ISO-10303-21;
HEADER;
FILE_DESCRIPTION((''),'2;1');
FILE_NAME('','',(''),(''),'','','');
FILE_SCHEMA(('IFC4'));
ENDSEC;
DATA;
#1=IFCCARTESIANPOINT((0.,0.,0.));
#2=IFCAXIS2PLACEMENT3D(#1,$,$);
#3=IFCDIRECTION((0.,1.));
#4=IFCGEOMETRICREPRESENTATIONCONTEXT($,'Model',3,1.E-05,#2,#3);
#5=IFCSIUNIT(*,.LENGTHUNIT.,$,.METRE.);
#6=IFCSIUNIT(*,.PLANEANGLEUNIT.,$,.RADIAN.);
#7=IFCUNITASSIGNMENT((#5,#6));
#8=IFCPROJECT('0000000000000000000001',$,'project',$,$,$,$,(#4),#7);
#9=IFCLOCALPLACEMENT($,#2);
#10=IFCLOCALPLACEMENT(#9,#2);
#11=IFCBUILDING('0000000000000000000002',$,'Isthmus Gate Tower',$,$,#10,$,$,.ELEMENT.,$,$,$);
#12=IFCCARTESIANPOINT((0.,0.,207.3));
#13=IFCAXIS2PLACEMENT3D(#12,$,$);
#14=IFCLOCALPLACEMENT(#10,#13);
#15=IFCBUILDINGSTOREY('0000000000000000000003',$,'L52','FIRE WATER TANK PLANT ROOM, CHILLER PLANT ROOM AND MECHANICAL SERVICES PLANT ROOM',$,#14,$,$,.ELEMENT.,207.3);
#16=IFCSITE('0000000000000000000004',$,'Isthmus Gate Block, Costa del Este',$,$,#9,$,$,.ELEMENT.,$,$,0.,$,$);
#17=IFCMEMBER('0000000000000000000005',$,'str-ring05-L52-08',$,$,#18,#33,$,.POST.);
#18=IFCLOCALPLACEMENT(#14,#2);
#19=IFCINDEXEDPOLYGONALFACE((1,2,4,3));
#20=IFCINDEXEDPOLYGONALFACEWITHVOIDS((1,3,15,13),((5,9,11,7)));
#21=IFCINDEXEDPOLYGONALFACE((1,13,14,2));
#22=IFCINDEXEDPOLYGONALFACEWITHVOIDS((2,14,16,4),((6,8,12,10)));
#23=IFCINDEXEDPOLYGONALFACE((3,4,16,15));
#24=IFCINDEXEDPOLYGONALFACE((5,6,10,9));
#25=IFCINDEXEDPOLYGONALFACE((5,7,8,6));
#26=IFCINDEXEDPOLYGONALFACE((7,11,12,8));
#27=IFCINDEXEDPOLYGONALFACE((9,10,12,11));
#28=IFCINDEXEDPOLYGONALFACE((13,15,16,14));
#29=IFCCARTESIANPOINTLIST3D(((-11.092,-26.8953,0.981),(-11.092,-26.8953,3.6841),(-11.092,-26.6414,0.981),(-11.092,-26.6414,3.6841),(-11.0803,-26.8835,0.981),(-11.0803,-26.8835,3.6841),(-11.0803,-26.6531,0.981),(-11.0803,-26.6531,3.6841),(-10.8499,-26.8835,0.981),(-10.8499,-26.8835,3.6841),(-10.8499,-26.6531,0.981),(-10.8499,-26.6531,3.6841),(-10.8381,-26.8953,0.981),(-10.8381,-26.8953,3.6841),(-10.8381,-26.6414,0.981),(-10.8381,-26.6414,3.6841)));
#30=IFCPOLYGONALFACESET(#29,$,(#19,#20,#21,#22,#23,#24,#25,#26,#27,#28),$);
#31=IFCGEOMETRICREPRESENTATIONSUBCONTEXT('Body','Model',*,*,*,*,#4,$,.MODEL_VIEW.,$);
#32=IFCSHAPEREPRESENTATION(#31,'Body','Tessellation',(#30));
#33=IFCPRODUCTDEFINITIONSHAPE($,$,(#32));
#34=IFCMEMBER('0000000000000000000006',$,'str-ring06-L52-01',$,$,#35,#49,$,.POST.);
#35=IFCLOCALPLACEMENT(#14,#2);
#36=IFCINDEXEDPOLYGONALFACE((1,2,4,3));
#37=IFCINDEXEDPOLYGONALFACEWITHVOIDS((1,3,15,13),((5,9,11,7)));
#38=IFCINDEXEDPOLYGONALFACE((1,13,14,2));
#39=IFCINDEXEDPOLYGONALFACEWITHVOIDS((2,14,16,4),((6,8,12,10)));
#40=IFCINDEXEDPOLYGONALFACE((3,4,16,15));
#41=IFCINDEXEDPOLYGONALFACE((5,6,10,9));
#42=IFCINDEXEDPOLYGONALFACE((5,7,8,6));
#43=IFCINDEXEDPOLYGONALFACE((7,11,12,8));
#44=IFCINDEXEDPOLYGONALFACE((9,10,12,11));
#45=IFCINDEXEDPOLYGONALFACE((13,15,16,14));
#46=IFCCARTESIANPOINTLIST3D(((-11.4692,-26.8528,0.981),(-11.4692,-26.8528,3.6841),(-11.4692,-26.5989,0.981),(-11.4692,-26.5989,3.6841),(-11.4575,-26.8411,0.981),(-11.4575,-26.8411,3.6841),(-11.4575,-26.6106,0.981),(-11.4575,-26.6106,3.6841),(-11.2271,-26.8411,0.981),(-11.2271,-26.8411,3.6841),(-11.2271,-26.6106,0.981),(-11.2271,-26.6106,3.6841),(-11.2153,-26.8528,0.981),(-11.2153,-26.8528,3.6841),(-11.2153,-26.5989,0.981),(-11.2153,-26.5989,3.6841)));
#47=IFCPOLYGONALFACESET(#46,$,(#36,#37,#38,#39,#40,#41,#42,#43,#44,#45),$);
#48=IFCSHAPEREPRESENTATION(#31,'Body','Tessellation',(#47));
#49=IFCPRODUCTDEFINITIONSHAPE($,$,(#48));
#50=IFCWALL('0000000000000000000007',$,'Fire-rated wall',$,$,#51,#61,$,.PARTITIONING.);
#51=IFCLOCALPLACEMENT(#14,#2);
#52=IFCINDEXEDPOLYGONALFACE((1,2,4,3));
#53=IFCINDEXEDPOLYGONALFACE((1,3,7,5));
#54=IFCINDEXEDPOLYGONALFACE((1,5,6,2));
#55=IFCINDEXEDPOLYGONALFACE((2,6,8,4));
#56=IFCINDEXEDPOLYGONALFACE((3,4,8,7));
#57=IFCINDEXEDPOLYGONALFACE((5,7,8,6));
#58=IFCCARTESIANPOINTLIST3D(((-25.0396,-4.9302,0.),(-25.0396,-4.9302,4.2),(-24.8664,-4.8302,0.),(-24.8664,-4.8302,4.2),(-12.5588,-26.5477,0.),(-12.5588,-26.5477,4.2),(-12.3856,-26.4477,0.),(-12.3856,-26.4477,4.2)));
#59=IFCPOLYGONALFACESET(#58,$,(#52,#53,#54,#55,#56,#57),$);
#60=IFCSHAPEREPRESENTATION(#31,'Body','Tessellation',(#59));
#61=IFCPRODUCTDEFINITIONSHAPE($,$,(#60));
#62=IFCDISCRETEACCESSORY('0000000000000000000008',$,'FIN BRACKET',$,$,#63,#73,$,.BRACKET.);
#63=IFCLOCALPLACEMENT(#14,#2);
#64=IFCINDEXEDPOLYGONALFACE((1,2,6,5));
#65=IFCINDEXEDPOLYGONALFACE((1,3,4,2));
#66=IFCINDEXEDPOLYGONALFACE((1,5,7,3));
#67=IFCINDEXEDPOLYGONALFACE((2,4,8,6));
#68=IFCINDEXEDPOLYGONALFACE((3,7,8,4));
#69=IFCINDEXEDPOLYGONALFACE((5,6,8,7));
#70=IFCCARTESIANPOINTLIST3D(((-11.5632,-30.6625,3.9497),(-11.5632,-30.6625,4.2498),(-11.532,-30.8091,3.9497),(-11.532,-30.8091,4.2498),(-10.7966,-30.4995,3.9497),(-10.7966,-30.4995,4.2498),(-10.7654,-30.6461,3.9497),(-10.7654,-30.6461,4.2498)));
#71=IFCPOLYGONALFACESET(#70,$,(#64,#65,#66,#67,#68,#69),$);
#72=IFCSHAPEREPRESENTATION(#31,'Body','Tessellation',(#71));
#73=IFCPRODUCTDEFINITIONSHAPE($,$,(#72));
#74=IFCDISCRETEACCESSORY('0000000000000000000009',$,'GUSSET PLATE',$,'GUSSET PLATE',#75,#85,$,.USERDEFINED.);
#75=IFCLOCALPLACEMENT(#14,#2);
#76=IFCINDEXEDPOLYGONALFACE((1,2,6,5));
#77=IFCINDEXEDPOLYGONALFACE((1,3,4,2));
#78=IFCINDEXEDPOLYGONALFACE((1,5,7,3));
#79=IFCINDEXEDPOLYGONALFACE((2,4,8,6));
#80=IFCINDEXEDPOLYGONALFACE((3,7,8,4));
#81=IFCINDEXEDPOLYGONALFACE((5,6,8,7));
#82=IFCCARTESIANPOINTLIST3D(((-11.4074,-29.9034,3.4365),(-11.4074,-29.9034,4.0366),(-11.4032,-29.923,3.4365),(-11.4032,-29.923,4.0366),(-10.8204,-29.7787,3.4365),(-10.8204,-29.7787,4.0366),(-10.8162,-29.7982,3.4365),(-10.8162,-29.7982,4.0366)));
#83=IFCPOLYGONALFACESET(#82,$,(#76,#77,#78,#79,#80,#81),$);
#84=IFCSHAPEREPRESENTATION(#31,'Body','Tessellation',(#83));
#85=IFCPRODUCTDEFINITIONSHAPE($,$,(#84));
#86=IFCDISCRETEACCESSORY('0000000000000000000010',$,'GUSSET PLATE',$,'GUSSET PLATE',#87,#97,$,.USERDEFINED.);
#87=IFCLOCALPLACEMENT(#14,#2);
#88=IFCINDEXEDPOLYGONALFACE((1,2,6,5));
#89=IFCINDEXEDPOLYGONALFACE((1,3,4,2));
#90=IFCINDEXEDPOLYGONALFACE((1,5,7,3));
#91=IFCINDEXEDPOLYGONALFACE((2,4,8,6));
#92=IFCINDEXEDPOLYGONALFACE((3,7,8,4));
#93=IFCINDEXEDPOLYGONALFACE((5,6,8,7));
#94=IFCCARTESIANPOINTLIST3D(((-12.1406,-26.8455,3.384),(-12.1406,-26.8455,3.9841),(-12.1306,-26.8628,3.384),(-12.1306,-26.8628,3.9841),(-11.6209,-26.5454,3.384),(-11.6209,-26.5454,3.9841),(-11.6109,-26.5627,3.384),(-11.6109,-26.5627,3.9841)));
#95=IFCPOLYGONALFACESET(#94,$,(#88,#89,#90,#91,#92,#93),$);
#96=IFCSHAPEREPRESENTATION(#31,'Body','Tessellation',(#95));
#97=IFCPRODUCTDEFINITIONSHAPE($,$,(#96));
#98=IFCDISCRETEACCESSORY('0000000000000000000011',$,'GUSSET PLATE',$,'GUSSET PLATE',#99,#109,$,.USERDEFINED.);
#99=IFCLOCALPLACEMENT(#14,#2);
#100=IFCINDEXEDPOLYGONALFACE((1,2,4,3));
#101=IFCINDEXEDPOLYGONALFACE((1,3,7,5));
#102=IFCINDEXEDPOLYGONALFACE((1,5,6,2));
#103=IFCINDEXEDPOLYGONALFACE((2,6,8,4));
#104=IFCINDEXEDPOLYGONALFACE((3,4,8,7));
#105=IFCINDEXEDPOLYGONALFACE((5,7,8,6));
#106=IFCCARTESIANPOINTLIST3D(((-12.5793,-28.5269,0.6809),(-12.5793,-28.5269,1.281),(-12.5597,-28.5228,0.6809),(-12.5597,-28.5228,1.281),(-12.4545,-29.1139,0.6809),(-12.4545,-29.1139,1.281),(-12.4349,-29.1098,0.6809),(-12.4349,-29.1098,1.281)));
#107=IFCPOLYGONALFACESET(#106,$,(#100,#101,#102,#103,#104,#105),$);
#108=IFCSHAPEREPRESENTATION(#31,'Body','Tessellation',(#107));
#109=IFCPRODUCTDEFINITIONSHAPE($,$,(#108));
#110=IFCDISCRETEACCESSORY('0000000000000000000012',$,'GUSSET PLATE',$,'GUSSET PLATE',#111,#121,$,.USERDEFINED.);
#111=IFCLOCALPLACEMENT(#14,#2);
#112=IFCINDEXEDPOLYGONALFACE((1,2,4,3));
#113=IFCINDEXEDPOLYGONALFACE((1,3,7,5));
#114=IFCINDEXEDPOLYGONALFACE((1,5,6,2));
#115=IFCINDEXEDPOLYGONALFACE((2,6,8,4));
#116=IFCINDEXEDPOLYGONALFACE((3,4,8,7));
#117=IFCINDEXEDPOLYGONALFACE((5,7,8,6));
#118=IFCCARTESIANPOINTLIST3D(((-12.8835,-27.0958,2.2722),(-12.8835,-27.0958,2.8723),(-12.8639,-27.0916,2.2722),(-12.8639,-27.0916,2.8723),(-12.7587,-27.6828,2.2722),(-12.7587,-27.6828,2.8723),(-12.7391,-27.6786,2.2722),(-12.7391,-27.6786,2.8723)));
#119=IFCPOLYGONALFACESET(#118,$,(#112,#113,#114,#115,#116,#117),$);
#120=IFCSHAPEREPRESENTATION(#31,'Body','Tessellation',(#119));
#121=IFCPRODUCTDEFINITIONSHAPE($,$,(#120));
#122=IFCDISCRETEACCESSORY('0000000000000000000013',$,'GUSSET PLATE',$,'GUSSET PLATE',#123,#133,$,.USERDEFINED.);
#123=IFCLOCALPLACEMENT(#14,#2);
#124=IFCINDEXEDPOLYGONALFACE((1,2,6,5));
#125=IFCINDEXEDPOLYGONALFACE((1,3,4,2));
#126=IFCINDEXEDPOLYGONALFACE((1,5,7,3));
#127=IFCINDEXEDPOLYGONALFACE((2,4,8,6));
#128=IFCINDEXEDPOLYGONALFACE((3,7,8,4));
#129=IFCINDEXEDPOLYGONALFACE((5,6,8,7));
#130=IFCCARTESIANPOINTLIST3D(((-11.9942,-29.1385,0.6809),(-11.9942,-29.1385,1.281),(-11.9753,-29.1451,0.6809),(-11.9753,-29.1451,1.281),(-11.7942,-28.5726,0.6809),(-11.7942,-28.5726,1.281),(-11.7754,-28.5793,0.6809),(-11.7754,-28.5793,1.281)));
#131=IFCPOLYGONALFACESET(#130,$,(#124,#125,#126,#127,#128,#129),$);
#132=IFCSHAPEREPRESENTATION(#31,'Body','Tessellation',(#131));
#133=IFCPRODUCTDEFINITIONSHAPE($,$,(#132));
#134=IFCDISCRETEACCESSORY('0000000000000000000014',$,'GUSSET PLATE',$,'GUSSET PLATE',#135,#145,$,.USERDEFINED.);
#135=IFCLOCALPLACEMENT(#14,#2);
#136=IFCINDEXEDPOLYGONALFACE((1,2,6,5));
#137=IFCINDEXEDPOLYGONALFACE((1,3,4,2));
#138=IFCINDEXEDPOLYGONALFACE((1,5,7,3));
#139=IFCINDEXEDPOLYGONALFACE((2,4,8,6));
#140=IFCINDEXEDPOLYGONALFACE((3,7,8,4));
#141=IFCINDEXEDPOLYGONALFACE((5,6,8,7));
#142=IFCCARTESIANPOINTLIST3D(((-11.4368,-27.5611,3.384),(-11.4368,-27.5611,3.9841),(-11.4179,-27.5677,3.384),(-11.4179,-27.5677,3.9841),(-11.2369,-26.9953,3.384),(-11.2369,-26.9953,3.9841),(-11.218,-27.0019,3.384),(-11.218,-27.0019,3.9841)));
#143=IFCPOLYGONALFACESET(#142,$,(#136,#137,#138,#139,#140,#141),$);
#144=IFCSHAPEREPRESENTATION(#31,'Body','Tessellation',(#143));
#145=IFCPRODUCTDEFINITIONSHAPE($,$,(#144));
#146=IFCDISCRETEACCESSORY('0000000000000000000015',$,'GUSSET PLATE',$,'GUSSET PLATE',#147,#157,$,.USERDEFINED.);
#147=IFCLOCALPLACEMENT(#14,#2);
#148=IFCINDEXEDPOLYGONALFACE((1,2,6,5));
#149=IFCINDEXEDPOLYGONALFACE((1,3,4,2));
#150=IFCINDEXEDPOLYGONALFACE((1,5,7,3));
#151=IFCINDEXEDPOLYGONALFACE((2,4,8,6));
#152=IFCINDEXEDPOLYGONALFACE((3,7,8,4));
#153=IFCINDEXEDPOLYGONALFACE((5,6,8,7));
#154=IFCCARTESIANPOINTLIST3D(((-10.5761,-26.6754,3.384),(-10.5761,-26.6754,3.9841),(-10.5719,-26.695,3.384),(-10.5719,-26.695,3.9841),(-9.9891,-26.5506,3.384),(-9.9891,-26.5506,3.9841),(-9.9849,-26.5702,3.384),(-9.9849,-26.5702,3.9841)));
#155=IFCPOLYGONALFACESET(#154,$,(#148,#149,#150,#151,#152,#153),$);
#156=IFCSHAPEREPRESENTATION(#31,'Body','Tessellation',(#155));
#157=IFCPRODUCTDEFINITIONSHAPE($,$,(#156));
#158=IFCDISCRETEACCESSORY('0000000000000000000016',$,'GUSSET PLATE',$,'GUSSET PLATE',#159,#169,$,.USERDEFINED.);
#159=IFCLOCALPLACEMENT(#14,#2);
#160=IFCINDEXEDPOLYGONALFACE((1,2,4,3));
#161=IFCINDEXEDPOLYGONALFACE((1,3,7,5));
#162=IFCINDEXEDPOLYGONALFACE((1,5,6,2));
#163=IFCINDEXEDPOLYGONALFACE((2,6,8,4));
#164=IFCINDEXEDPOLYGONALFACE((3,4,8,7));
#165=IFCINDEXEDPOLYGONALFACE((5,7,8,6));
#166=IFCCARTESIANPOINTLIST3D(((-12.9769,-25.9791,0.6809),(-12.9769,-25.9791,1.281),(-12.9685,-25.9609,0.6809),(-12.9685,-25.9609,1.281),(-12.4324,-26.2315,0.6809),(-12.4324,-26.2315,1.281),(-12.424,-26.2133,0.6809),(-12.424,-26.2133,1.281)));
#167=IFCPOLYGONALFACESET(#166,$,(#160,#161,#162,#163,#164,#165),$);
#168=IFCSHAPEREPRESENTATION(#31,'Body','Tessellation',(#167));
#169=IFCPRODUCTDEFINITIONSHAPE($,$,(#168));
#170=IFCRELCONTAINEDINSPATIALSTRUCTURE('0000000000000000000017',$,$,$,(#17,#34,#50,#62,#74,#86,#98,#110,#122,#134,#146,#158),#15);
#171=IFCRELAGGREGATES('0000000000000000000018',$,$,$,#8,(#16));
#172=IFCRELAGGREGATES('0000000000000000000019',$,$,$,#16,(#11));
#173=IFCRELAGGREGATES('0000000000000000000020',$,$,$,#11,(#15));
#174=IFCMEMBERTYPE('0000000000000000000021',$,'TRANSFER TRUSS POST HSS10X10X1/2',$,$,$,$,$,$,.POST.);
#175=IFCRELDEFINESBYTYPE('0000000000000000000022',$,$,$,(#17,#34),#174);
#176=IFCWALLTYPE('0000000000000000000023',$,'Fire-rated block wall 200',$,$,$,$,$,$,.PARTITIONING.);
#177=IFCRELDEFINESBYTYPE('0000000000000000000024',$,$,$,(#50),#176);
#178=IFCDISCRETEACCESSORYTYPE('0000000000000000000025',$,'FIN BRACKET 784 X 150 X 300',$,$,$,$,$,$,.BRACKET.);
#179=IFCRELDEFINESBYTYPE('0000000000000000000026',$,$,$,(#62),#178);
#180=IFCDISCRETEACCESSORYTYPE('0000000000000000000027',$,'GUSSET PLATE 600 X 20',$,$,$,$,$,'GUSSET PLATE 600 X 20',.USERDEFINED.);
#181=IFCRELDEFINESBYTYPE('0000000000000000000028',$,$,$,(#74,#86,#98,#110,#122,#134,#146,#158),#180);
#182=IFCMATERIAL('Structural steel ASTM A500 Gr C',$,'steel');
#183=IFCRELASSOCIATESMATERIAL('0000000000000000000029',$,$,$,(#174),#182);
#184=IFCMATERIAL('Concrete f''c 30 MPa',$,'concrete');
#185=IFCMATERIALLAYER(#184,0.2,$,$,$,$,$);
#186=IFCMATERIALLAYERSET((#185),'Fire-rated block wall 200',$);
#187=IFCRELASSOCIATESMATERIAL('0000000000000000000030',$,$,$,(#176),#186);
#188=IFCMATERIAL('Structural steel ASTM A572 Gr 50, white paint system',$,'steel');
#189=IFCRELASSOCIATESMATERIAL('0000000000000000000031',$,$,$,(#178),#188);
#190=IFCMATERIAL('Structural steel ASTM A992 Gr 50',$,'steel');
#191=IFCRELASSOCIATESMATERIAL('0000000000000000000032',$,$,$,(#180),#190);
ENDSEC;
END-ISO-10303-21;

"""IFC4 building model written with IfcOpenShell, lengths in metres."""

from ifc_helpers import new_model, si_unit, direction, frame, frame_2d, origin, origin_2d, place, context, subcontext, project, spatial, rectangle, hollow_rectangle, extrude, material, layer, layer_set, material_profile, profile_set, type_object, element, save


model = new_model("IFC4")

# Units and contexts
model_context = context("Model", 3, precision=1e-05, world=origin(), true_north=direction((0.0, 1.0)))
body_context = subcontext(model_context, "Body", "Model", "MODEL_VIEW")
ifc_project = project(units=[si_unit("LENGTHUNIT", "METRE"), si_unit("PLANEANGLEUNIT", "RADIAN")], contexts=[model_context])

# Site, building, storey
site_placement = place(None, origin())
site = spatial("IfcSite", under=ifc_project, at=site_placement, Name="Isthmus Gate Block, Costa del Este", CompositionType="ELEMENT", RefElevation=0.0)
building_placement = place(site_placement, origin())
building = spatial("IfcBuilding", under=site, at=building_placement, Name="Isthmus Gate Tower", CompositionType="ELEMENT")
storey_placement = place(building_placement, frame((0.0, 0.0, 207.3)))
storey = spatial("IfcBuildingStorey", under=building, at=storey_placement, Name="L52", Description="FIRE WATER TANK PLANT ROOM, CHILLER PLANT ROOM AND MECHANICAL SERVICES PLANT ROOM", CompositionType="ELEMENT", Elevation=207.3)

# Members
ifc_material_1 = material(Name="Structural steel ASTM A500 Gr C", Category="steel")
ifc_material_profile_1 = material_profile(ifc_material_1, hollow_rectangle(XDim=0.2539, YDim=0.2539, WallThickness=0.0117, at=origin_2d()), Name="HSS10X10X1/2")
ifc_profile_set_1 = profile_set([ifc_material_profile_1], Name="Structural steel ASTM A500 Gr C")
member_type_1 = type_object("IfcMemberType", Name="TRANSFER TRUSS POST HSS10X10X1/2", PredefinedType="POST", material=ifc_profile_set_1)
for number, where, z_axis, x_axis, name in (
    (1, (-10.9651, -26.7683, 0.981), (0.0, 0.0, 1.0), (1.0, 0.0, 0.0), "str-ring05-L52-08"),
    (2, (-11.3423, -26.7258, 0.981), (0.0, 0.0, 1.0), (1.0, 0.0, 0.0), "str-ring06-L52-01"),
):
    element("IfcMember", number, at=place(storey_placement, frame(where, z_axis=z_axis, x_axis=x_axis)), inside=storey, type_object=member_type_1, Name=name, PredefinedType="POST", context=body_context, shape_type="SweptSolid", body=[
        extrude(hollow_rectangle(XDim=0.2539, YDim=0.2539, WallThickness=0.0117, at=origin_2d()), origin(), (0.0, 0.0, 1.0), 2.7031),
    ])

# Wall
ifc_material_2 = material(Name="Concrete f'c 30 MPa", Category="concrete")
ifc_layer_1 = layer(ifc_material_2, 0.2)
ifc_layer_set_1 = layer_set([ifc_layer_1], Name="Fire-rated block wall 200")
wall_type = type_object("IfcWallType", Name="Fire-rated block wall 200", PredefinedType="PARTITIONING", material=ifc_layer_set_1)
wall_placement = place(storey_placement, frame((-12.4722, -26.4978, 0.0), z_axis=(0.0, 0.0, 1.0), x_axis=(-0.499996, 0.866027, 0.0)))
element("IfcWall", 3, at=wall_placement, inside=storey, type_object=wall_type, Name="Fire-rated wall", PredefinedType="PARTITIONING", context=body_context, shape_type="SweptSolid", body=[
    extrude(rectangle(XDim=24.9617, YDim=0.2, at=frame_2d((12.481, 0.0))), origin(), (0.0, 0.0, 1.0), 4.2),
])

# Discrete accessories
ifc_material_3 = material(Name="Structural steel ASTM A572 Gr 50, white paint system", Category="steel")
discrete_accessory_type_1 = type_object("IfcDiscreteAccessoryType", Name="FIN BRACKET 784 X 150 X 300", PredefinedType="BRACKET", material=ifc_material_3)
discrete_accessory_placement = place(storey_placement, frame((-11.1643, -30.6543, 3.9497), z_axis=(0.0, 0.0, 1.0), x_axis=(0.207912, -0.978148, 0.0)))
element("IfcDiscreteAccessory", 4, at=discrete_accessory_placement, inside=storey, type_object=discrete_accessory_type_1, Name="FIN BRACKET", PredefinedType="BRACKET", context=body_context, shape_type="SweptSolid", body=[
    extrude(rectangle(XDim=0.1499, YDim=0.7837, at=origin_2d()), origin(), (0.0, 0.0, 1.0), 0.3),
])
ifc_material_4 = material(Name="Structural steel ASTM A992 Gr 50", Category="steel")
discrete_accessory_type_2 = type_object("IfcDiscreteAccessoryType", Name="GUSSET PLATE 600 X 20", ElementType="GUSSET PLATE 600 X 20", PredefinedType="USERDEFINED", material=ifc_material_4)
for number, where, z_axis, x_axis, name in (
    (5, (-11.1118, -29.8508, 3.4365), (0.0, 0.0, 1.0), (-0.978148, -0.207912, 0.0), "GUSSET PLATE"),
    (6, (-11.8757, -26.7041, 3.384), (0.0, 0.0, 1.0), (0.866025, 0.5, 0.0), "GUSSET PLATE"),
    (7, (-12.5071, -28.8184, 0.6809), (0.0, 0.0, 1.0), (-0.207912, 0.978148, 0.0), "GUSSET PLATE"),
    (8, (-12.8113, -27.3872, 2.2722), (0.0, 0.0, 1.0), (-0.207912, 0.978148, 0.0), "GUSSET PLATE"),
    (9, (-11.8848, -28.8589, 0.6809), (0.0, 0.0, 1.0), (0.333158, 0.942871, 0.0), "GUSSET PLATE"),
    (10, (-11.3274, -27.2815, 3.384), (0.0, 0.0, 1.0), (0.333158, 0.942871, 0.0), "GUSSET PLATE"),
    (11, (-10.2805, -26.6228, 3.384), (0.0, 0.0, 1.0), (-0.978148, -0.207912, 0.0), "GUSSET PLATE"),
    (12, (-12.7004, -26.0962, 0.6809), (0.0, 0.0, 1.0), (0.907256, -0.420578, 0.0), "GUSSET PLATE"),
):
    element("IfcDiscreteAccessory", number, at=place(storey_placement, frame(where, z_axis=z_axis, x_axis=x_axis)), inside=storey, type_object=discrete_accessory_type_2, Name=name, ObjectType="GUSSET PLATE", PredefinedType="USERDEFINED", context=body_context, shape_type="SweptSolid", body=[
        extrude(rectangle(XDim=0.6001, YDim=0.02, at=origin_2d()), origin(), (0.0, 0.0, 1.0), 0.6001),
    ])

save(model, "model.ifc")
